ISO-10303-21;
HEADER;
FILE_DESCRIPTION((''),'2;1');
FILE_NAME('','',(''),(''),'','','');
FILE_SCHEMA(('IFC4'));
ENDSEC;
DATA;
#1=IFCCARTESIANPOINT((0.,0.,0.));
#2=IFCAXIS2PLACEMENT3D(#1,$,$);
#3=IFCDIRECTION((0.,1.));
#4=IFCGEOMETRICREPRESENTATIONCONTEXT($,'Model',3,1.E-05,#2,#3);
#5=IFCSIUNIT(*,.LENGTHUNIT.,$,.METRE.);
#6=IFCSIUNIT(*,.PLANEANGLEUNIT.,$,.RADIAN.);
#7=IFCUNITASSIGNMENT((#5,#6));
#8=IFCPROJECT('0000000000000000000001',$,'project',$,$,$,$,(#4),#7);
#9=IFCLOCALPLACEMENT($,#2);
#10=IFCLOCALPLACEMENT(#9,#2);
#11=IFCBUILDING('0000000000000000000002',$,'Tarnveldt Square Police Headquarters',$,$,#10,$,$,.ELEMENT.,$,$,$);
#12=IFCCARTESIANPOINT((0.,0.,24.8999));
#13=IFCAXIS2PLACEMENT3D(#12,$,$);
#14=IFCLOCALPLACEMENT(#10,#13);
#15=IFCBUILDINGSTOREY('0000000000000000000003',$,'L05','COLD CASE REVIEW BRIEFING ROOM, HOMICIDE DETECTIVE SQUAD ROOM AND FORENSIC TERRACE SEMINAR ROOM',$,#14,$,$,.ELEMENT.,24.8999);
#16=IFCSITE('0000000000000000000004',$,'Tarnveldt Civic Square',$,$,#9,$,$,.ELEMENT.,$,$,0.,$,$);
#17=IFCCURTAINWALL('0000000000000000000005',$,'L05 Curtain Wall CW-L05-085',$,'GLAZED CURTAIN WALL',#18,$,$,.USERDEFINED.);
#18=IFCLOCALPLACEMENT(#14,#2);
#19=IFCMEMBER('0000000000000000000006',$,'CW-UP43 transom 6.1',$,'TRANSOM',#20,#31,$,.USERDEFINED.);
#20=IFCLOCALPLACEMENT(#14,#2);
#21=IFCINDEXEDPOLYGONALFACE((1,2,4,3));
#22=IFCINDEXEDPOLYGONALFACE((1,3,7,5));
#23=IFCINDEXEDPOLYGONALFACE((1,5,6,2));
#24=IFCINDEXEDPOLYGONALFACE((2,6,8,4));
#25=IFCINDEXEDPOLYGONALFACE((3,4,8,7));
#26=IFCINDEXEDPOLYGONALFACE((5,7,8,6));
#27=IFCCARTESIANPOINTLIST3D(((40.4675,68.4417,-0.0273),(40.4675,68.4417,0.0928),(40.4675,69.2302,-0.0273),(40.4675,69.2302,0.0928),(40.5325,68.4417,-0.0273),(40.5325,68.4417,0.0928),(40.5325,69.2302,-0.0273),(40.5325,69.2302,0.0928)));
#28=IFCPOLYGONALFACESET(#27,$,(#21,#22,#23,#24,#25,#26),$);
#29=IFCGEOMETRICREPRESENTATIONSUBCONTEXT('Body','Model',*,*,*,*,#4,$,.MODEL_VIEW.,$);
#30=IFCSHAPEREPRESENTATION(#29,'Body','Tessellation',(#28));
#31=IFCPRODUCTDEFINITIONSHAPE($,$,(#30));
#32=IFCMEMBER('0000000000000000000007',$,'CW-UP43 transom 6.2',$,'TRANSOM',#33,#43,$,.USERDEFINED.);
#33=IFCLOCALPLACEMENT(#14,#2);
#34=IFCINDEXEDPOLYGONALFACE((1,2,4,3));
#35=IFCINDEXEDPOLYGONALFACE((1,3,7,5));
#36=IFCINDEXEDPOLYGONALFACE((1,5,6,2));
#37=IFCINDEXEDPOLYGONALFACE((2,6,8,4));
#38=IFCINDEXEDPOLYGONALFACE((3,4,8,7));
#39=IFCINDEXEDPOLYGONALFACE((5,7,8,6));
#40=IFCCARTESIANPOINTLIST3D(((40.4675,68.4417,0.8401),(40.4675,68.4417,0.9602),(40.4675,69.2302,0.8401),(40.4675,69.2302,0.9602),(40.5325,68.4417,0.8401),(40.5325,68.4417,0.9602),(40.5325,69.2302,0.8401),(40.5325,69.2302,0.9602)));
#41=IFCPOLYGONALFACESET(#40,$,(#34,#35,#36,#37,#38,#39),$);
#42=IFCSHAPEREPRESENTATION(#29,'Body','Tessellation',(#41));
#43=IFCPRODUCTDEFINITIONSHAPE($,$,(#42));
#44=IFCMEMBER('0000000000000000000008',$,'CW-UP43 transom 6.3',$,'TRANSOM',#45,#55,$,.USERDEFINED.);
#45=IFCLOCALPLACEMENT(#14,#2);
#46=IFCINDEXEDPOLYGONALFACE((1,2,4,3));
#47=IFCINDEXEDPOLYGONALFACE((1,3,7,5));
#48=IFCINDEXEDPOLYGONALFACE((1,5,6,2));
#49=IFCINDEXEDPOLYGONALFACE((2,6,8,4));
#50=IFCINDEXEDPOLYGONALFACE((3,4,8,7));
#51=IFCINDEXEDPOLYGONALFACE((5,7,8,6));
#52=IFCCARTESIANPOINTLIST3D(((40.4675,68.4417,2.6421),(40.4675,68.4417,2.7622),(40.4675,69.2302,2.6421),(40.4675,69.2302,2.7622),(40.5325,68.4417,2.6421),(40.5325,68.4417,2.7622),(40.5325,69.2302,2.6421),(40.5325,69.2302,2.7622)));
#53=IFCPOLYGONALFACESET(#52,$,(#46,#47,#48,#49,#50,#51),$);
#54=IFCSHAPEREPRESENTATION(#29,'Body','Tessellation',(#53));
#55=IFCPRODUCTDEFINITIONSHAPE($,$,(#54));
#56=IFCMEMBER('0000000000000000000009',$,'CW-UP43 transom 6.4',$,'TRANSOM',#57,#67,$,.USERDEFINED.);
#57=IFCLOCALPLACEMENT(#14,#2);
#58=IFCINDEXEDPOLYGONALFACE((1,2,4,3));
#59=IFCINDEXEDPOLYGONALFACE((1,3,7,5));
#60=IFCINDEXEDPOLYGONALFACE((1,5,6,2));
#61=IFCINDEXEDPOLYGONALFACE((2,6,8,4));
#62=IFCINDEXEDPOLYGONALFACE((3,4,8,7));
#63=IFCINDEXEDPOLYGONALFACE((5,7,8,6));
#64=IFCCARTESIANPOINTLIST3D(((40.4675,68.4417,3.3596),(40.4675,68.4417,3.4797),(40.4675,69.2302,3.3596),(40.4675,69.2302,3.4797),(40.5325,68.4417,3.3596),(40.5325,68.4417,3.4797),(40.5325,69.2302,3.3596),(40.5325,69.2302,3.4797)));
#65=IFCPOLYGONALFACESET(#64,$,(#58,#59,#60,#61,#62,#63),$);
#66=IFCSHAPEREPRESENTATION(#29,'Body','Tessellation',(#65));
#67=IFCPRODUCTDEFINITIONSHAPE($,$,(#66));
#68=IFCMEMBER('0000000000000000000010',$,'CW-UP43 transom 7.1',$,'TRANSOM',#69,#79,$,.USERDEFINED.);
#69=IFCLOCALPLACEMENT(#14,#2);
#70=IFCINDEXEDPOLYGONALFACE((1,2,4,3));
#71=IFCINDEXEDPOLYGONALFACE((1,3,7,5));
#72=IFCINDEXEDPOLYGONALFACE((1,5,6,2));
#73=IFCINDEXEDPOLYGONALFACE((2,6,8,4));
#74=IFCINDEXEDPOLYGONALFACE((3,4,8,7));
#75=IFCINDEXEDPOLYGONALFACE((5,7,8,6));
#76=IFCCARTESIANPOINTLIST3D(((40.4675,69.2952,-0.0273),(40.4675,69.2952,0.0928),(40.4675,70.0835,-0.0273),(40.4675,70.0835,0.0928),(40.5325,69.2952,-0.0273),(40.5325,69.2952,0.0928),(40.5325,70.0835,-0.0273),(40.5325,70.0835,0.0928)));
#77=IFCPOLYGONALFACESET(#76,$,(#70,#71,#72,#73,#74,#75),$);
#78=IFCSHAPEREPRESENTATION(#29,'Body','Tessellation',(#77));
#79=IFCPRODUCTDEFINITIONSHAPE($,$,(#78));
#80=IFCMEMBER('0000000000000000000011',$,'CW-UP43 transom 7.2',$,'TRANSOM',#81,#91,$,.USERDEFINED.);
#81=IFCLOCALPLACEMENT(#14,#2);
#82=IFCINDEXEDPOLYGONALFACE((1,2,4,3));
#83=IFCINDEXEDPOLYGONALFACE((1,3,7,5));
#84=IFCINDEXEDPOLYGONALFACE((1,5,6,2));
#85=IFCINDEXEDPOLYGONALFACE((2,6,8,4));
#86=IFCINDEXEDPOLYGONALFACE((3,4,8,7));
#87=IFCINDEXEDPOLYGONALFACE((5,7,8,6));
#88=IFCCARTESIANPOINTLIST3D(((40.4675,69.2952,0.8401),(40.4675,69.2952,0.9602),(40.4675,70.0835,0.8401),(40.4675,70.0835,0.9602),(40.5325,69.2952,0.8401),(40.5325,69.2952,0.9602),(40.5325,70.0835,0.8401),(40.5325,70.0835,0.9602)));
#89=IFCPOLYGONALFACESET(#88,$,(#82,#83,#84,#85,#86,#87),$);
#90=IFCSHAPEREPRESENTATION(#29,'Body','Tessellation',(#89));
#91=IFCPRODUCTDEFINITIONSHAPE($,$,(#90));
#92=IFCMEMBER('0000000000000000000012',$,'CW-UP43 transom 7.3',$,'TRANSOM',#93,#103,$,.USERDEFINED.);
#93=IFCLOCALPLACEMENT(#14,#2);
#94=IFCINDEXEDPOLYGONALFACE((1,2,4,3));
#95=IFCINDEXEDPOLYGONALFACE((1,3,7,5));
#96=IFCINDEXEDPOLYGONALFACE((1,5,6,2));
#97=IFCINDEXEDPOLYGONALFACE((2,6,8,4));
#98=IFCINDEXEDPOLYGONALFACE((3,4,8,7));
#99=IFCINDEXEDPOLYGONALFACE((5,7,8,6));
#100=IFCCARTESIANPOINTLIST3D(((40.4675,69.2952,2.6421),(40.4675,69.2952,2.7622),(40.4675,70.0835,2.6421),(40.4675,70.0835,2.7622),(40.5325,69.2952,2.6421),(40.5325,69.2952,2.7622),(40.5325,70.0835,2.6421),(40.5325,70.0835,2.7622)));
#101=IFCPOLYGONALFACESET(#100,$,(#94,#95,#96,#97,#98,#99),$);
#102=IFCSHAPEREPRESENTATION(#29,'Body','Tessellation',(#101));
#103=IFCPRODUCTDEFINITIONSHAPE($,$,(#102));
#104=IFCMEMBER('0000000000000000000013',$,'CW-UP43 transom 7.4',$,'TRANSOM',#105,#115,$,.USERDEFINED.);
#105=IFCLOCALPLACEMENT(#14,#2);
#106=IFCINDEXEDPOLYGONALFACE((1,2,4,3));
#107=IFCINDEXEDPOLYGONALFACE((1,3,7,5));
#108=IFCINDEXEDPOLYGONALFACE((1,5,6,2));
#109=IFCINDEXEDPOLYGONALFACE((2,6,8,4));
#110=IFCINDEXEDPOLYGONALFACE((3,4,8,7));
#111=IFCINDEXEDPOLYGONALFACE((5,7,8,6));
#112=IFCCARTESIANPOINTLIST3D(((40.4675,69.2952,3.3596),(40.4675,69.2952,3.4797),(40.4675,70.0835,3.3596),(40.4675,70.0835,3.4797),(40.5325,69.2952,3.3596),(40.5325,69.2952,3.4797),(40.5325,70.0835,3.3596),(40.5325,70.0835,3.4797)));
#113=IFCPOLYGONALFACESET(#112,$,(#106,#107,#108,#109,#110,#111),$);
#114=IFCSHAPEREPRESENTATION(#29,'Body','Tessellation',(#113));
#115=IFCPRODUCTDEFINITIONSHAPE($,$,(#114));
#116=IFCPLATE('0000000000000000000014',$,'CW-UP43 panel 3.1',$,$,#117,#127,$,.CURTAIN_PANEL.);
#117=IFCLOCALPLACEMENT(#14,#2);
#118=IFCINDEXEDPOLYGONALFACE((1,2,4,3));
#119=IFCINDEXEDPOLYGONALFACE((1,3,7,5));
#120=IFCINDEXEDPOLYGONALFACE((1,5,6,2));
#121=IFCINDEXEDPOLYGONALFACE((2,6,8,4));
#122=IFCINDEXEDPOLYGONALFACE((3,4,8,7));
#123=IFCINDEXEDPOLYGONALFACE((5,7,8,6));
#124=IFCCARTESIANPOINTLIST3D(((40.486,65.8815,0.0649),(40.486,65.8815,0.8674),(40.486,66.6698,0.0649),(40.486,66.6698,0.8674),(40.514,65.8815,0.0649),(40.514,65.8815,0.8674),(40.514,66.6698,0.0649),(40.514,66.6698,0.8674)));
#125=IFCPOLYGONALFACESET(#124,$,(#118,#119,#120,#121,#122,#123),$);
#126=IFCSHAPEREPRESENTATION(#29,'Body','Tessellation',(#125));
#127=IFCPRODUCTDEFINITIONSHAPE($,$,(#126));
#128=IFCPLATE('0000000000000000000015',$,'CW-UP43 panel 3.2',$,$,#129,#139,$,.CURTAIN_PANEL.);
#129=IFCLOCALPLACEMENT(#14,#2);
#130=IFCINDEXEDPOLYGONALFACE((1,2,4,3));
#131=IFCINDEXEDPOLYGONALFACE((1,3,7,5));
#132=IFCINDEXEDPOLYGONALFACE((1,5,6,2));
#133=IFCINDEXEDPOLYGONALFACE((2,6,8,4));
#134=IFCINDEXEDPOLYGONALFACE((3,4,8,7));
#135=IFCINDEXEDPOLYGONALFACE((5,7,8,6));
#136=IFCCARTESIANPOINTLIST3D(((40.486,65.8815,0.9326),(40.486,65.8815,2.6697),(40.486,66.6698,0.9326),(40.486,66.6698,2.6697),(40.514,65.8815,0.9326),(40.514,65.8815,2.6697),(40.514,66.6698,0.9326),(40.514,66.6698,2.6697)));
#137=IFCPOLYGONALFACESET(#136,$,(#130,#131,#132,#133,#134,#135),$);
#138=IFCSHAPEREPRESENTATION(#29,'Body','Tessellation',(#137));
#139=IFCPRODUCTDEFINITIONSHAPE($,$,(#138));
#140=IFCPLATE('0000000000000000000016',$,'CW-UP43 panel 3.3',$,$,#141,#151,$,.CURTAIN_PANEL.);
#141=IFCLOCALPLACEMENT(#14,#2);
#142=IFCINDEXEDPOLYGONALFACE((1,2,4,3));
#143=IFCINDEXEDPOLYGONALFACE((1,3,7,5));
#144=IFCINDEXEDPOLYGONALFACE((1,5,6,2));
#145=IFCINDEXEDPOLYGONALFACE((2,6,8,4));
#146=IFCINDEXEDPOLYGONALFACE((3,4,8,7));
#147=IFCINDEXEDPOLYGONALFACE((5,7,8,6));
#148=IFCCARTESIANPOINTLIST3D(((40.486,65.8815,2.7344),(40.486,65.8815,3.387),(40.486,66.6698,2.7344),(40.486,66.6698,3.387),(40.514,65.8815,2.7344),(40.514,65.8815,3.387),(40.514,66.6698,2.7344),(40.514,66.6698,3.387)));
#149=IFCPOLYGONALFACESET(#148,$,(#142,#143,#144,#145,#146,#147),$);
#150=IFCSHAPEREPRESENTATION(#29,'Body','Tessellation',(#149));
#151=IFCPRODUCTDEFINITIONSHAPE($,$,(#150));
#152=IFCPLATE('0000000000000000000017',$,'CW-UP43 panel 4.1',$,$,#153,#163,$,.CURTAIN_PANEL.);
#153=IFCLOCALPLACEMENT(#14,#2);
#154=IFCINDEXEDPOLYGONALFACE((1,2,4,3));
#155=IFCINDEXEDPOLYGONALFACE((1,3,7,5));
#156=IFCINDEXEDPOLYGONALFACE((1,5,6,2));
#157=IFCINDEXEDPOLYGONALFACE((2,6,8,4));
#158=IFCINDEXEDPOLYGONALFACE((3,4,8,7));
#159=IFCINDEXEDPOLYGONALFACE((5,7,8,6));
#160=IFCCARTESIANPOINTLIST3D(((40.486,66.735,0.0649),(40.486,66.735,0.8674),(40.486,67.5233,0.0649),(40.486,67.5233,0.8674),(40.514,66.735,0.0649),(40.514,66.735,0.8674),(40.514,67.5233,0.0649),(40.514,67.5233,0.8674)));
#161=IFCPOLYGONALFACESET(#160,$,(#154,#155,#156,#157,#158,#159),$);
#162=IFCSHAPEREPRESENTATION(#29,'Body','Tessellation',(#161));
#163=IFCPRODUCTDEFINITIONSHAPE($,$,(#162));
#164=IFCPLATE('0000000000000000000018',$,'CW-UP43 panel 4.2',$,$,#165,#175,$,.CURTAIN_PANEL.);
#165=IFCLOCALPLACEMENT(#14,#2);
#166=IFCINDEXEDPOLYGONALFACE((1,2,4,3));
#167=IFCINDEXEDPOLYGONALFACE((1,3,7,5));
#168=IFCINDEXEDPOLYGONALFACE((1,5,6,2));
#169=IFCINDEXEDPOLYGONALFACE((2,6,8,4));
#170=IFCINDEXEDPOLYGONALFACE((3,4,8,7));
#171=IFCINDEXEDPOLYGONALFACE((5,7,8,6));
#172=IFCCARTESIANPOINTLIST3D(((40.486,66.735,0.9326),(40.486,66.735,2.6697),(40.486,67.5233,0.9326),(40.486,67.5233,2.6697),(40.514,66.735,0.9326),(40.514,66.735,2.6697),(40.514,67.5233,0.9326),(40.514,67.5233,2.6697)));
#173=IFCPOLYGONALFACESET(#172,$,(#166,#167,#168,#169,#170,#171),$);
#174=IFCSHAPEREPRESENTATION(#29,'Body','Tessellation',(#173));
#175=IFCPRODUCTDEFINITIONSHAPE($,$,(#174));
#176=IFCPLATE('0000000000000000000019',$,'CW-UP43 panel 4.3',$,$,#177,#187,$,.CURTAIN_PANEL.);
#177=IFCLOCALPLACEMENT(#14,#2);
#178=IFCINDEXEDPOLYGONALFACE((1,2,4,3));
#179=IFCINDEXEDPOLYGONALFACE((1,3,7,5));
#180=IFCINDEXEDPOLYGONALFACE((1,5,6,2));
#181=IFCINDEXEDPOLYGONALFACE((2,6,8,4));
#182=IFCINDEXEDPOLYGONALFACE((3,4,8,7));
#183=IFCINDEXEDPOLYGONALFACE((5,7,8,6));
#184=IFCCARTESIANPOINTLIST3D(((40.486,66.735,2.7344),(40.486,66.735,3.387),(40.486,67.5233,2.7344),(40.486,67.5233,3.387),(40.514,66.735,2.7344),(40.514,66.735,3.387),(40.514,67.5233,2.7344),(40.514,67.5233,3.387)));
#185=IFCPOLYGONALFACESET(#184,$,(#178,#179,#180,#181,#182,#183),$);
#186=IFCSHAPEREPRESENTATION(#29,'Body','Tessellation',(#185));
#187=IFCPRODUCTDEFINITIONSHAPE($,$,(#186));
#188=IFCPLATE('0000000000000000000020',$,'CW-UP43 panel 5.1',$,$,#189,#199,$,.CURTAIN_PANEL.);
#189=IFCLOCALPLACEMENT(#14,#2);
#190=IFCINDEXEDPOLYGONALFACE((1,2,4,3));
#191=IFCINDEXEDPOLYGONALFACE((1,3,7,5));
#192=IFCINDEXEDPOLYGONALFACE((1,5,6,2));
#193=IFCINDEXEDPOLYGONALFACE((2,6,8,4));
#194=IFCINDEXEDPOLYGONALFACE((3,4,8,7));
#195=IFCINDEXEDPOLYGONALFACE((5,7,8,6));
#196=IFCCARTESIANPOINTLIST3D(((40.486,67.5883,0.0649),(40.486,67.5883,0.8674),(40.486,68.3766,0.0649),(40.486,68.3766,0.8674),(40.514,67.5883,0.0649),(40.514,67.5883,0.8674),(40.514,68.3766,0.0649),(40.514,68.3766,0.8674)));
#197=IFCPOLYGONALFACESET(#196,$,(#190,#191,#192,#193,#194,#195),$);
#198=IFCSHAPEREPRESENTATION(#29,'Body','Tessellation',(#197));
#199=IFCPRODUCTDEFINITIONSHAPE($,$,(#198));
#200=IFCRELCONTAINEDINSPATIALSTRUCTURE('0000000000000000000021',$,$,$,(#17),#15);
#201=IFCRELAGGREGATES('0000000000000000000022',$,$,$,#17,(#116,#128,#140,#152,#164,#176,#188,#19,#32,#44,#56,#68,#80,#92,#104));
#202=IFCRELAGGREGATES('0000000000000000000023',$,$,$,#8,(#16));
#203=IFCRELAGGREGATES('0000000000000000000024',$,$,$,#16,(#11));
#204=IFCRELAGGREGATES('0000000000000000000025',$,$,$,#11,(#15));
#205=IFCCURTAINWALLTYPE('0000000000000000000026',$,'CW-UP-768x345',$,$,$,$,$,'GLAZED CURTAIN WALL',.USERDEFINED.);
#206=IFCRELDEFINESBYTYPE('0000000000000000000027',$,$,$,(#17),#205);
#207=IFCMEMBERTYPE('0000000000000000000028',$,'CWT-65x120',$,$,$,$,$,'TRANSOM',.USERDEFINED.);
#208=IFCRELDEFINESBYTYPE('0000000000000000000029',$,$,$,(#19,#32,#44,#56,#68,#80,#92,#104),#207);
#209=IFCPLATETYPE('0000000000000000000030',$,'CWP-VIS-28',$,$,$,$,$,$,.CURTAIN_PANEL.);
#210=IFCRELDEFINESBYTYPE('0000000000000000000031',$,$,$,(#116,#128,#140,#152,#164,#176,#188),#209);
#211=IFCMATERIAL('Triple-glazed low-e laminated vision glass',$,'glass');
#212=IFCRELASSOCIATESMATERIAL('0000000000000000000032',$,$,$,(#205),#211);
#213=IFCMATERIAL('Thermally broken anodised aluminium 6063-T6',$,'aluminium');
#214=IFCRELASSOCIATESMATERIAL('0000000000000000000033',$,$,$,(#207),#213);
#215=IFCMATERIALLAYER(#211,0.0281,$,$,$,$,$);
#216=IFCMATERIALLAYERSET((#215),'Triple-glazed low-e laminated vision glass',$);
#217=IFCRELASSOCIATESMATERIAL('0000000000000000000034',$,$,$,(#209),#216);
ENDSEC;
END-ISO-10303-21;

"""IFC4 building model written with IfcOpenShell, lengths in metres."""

from ifc_helpers import new_model, si_unit, direction, frame, origin, origin_2d, place, context, subcontext, project, spatial, rectangle, extrude, material, layer, layer_set, material_profile, profile_set, type_object, element, aggregate, save


model = new_model("IFC4")

# Units and contexts
model_context = context("Model", 3, precision=1e-05, world=origin(), true_north=direction((0.0, 1.0)))
body_context = subcontext(model_context, "Body", "Model", "MODEL_VIEW")
ifc_project = project(units=[si_unit("LENGTHUNIT", "METRE"), si_unit("PLANEANGLEUNIT", "RADIAN")], contexts=[model_context])

# Site, building, storey
site_placement = place(None, origin())
site = spatial("IfcSite", under=ifc_project, at=site_placement, Name="Tarnveldt Civic Square", CompositionType="ELEMENT", RefElevation=0.0)
building_placement = place(site_placement, origin())
building = spatial("IfcBuilding", under=site, at=building_placement, Name="Tarnveldt Square Police Headquarters", CompositionType="ELEMENT")
storey_placement = place(building_placement, frame((0.0, 0.0, 24.8999)))
storey = spatial("IfcBuildingStorey", under=building, at=storey_placement, Name="L05", Description="COLD CASE REVIEW BRIEFING ROOM, HOMICIDE DETECTIVE SQUAD ROOM AND FORENSIC TERRACE SEMINAR ROOM", CompositionType="ELEMENT", Elevation=24.8999)

# Curtain wall, members, plates
ifc_material_1 = material(Name="Triple-glazed low-e laminated vision glass", Category="glass")
curtain_wall_type = type_object("IfcCurtainWallType", Name="CW-UP-768x345", ElementType="GLAZED CURTAIN WALL", PredefinedType="USERDEFINED", material=ifc_material_1)
curtain_wall_placement = place(storey_placement, origin())
curtain_wall = element("IfcCurtainWall", 1, at=curtain_wall_placement, inside=storey, type_object=curtain_wall_type, Name="L05 Curtain Wall CW-L05-085", ObjectType="GLAZED CURTAIN WALL", PredefinedType="USERDEFINED")
ifc_material_2 = material(Name="Thermally broken anodised aluminium 6063-T6", Category="aluminium")
ifc_material_profile_1 = material_profile(ifc_material_2, rectangle(XDim=0.0649, YDim=0.1201, at=origin_2d()), Name="CW-T65x120")
ifc_profile_set_1 = profile_set([ifc_material_profile_1], Name="Thermally broken anodised aluminium 6063-T6")
member_type_1 = type_object("IfcMemberType", Name="CWT-65x120", ElementType="TRANSOM", PredefinedType="USERDEFINED", material=ifc_profile_set_1)
member_1_placement = place(storey_placement, frame((40.5, 68.4417, 0.0327), z_axis=(0.0, 1.0, 0.0), x_axis=(-1.0, 0.0, 0.0)))
member_1 = element("IfcMember", 2, at=member_1_placement, type_object=member_type_1, Name="CW-UP43 transom 6.1", ObjectType="TRANSOM", PredefinedType="USERDEFINED", context=body_context, shape_type="SweptSolid", body=[
    extrude(rectangle(XDim=0.0649, YDim=0.1201, at=origin_2d()), origin(), (0.0, 0.0, 1.0), 0.7886),
])
member_2_placement = place(storey_placement, frame((40.5, 68.4417, 0.9001), z_axis=(0.0, 1.0, 0.0), x_axis=(-1.0, 0.0, 0.0)))
member_2 = element("IfcMember", 3, at=member_2_placement, type_object=member_type_1, Name="CW-UP43 transom 6.2", ObjectType="TRANSOM", PredefinedType="USERDEFINED", context=body_context, shape_type="SweptSolid", body=[
    extrude(rectangle(XDim=0.0649, YDim=0.1201, at=origin_2d()), origin(), (0.0, 0.0, 1.0), 0.7886),
])
member_3_placement = place(storey_placement, frame((40.5, 68.4417, 2.7021), z_axis=(0.0, 1.0, 0.0), x_axis=(-1.0, 0.0, 0.0)))
member_3 = element("IfcMember", 4, at=member_3_placement, type_object=member_type_1, Name="CW-UP43 transom 6.3", ObjectType="TRANSOM", PredefinedType="USERDEFINED", context=body_context, shape_type="SweptSolid", body=[
    extrude(rectangle(XDim=0.0649, YDim=0.1201, at=origin_2d()), origin(), (0.0, 0.0, 1.0), 0.7886),
])
member_4_placement = place(storey_placement, frame((40.5, 68.4417, 3.4197), z_axis=(0.0, 1.0, 0.0), x_axis=(-1.0, 0.0, 0.0)))
member_4 = element("IfcMember", 5, at=member_4_placement, type_object=member_type_1, Name="CW-UP43 transom 6.4", ObjectType="TRANSOM", PredefinedType="USERDEFINED", context=body_context, shape_type="SweptSolid", body=[
    extrude(rectangle(XDim=0.0649, YDim=0.1201, at=origin_2d()), origin(), (0.0, 0.0, 1.0), 0.7886),
])
member_5_placement = place(storey_placement, frame((40.5, 69.2952, 0.0327), z_axis=(0.0, 1.0, 0.0), x_axis=(-1.0, 0.0, 0.0)))
member_5 = element("IfcMember", 6, at=member_5_placement, type_object=member_type_1, Name="CW-UP43 transom 7.1", ObjectType="TRANSOM", PredefinedType="USERDEFINED", context=body_context, shape_type="SweptSolid", body=[
    extrude(rectangle(XDim=0.0649, YDim=0.1201, at=origin_2d()), origin(), (0.0, 0.0, 1.0), 0.7883),
])
member_6_placement = place(storey_placement, frame((40.5, 69.2952, 0.9001), z_axis=(0.0, 1.0, 0.0), x_axis=(-1.0, 0.0, 0.0)))
member_6 = element("IfcMember", 7, at=member_6_placement, type_object=member_type_1, Name="CW-UP43 transom 7.2", ObjectType="TRANSOM", PredefinedType="USERDEFINED", context=body_context, shape_type="SweptSolid", body=[
    extrude(rectangle(XDim=0.0649, YDim=0.1201, at=origin_2d()), origin(), (0.0, 0.0, 1.0), 0.7883),
])
member_7_placement = place(storey_placement, frame((40.5, 69.2952, 2.7021), z_axis=(0.0, 1.0, 0.0), x_axis=(-1.0, 0.0, 0.0)))
member_7 = element("IfcMember", 8, at=member_7_placement, type_object=member_type_1, Name="CW-UP43 transom 7.3", ObjectType="TRANSOM", PredefinedType="USERDEFINED", context=body_context, shape_type="SweptSolid", body=[
    extrude(rectangle(XDim=0.0649, YDim=0.1201, at=origin_2d()), origin(), (0.0, 0.0, 1.0), 0.7883),
])
member_8_placement = place(storey_placement, frame((40.5, 69.2952, 3.4197), z_axis=(0.0, 1.0, 0.0), x_axis=(-1.0, 0.0, 0.0)))
member_8 = element("IfcMember", 9, at=member_8_placement, type_object=member_type_1, Name="CW-UP43 transom 7.4", ObjectType="TRANSOM", PredefinedType="USERDEFINED", context=body_context, shape_type="SweptSolid", body=[
    extrude(rectangle(XDim=0.0649, YDim=0.1201, at=origin_2d()), origin(), (0.0, 0.0, 1.0), 0.7883),
])
ifc_layer = layer(ifc_material_1, 0.0281)
ifc_layer_set = layer_set([ifc_layer], Name="Triple-glazed low-e laminated vision glass")
plate_type = type_object("IfcPlateType", Name="CWP-VIS-28", PredefinedType="CURTAIN_PANEL", material=ifc_layer_set)
plate_1_placement = place(storey_placement, frame((40.5, 66.2756, 0.0649), z_axis=(0.0, 0.0, 1.0), x_axis=(0.0, 1.0, 0.0)))
plate_1 = element("IfcPlate", 10, at=plate_1_placement, type_object=plate_type, Name="CW-UP43 panel 3.1", PredefinedType="CURTAIN_PANEL", context=body_context, shape_type="SweptSolid", body=[
    extrude(rectangle(XDim=0.7883, YDim=0.0281, at=origin_2d()), origin(), (0.0, 0.0, 1.0), 0.8025),
])
plate_2_placement = place(storey_placement, frame((40.5, 66.2756, 0.9326), z_axis=(0.0, 0.0, 1.0), x_axis=(0.0, 1.0, 0.0)))
plate_2 = element("IfcPlate", 11, at=plate_2_placement, type_object=plate_type, Name="CW-UP43 panel 3.2", PredefinedType="CURTAIN_PANEL", context=body_context, shape_type="SweptSolid", body=[
    extrude(rectangle(XDim=0.7883, YDim=0.0281, at=origin_2d()), origin(), (0.0, 0.0, 1.0), 1.7371),
])
plate_3_placement = place(storey_placement, frame((40.5, 66.2756, 2.7344), z_axis=(0.0, 0.0, 1.0), x_axis=(0.0, 1.0, 0.0)))
plate_3 = element("IfcPlate", 12, at=plate_3_placement, type_object=plate_type, Name="CW-UP43 panel 3.3", PredefinedType="CURTAIN_PANEL", context=body_context, shape_type="SweptSolid", body=[
    extrude(rectangle(XDim=0.7883, YDim=0.0281, at=origin_2d()), origin(), (0.0, 0.0, 1.0), 0.6526),
])
plate_4_placement = place(storey_placement, frame((40.5, 67.1292, 0.0649), z_axis=(0.0, 0.0, 1.0), x_axis=(0.0, 1.0, 0.0)))
plate_4 = element("IfcPlate", 13, at=plate_4_placement, type_object=plate_type, Name="CW-UP43 panel 4.1", PredefinedType="CURTAIN_PANEL", context=body_context, shape_type="SweptSolid", body=[
    extrude(rectangle(XDim=0.7883, YDim=0.0281, at=origin_2d()), origin(), (0.0, 0.0, 1.0), 0.8025),
])
plate_5_placement = place(storey_placement, frame((40.5, 67.1292, 0.9326), z_axis=(0.0, 0.0, 1.0), x_axis=(0.0, 1.0, 0.0)))
plate_5 = element("IfcPlate", 14, at=plate_5_placement, type_object=plate_type, Name="CW-UP43 panel 4.2", PredefinedType="CURTAIN_PANEL", context=body_context, shape_type="SweptSolid", body=[
    extrude(rectangle(XDim=0.7883, YDim=0.0281, at=origin_2d()), origin(), (0.0, 0.0, 1.0), 1.7371),
])
plate_6_placement = place(storey_placement, frame((40.5, 67.1292, 2.7344), z_axis=(0.0, 0.0, 1.0), x_axis=(0.0, 1.0, 0.0)))
plate_6 = element("IfcPlate", 15, at=plate_6_placement, type_object=plate_type, Name="CW-UP43 panel 4.3", PredefinedType="CURTAIN_PANEL", context=body_context, shape_type="SweptSolid", body=[
    extrude(rectangle(XDim=0.7883, YDim=0.0281, at=origin_2d()), origin(), (0.0, 0.0, 1.0), 0.6526),
])
plate_7_placement = place(storey_placement, frame((40.5, 67.9824, 0.0649), z_axis=(0.0, 0.0, 1.0), x_axis=(0.0, 1.0, 0.0)))
plate_7 = element("IfcPlate", 16, at=plate_7_placement, type_object=plate_type, Name="CW-UP43 panel 5.1", PredefinedType="CURTAIN_PANEL", context=body_context, shape_type="SweptSolid", body=[
    extrude(rectangle(XDim=0.7883, YDim=0.0281, at=origin_2d()), origin(), (0.0, 0.0, 1.0), 0.8025),
])
aggregate(curtain_wall, [plate_1, plate_2, plate_3, plate_4, plate_5, plate_6, plate_7, member_1, member_2, member_3, member_4, member_5, member_6, member_7, member_8])

save(model, "model.ifc")
